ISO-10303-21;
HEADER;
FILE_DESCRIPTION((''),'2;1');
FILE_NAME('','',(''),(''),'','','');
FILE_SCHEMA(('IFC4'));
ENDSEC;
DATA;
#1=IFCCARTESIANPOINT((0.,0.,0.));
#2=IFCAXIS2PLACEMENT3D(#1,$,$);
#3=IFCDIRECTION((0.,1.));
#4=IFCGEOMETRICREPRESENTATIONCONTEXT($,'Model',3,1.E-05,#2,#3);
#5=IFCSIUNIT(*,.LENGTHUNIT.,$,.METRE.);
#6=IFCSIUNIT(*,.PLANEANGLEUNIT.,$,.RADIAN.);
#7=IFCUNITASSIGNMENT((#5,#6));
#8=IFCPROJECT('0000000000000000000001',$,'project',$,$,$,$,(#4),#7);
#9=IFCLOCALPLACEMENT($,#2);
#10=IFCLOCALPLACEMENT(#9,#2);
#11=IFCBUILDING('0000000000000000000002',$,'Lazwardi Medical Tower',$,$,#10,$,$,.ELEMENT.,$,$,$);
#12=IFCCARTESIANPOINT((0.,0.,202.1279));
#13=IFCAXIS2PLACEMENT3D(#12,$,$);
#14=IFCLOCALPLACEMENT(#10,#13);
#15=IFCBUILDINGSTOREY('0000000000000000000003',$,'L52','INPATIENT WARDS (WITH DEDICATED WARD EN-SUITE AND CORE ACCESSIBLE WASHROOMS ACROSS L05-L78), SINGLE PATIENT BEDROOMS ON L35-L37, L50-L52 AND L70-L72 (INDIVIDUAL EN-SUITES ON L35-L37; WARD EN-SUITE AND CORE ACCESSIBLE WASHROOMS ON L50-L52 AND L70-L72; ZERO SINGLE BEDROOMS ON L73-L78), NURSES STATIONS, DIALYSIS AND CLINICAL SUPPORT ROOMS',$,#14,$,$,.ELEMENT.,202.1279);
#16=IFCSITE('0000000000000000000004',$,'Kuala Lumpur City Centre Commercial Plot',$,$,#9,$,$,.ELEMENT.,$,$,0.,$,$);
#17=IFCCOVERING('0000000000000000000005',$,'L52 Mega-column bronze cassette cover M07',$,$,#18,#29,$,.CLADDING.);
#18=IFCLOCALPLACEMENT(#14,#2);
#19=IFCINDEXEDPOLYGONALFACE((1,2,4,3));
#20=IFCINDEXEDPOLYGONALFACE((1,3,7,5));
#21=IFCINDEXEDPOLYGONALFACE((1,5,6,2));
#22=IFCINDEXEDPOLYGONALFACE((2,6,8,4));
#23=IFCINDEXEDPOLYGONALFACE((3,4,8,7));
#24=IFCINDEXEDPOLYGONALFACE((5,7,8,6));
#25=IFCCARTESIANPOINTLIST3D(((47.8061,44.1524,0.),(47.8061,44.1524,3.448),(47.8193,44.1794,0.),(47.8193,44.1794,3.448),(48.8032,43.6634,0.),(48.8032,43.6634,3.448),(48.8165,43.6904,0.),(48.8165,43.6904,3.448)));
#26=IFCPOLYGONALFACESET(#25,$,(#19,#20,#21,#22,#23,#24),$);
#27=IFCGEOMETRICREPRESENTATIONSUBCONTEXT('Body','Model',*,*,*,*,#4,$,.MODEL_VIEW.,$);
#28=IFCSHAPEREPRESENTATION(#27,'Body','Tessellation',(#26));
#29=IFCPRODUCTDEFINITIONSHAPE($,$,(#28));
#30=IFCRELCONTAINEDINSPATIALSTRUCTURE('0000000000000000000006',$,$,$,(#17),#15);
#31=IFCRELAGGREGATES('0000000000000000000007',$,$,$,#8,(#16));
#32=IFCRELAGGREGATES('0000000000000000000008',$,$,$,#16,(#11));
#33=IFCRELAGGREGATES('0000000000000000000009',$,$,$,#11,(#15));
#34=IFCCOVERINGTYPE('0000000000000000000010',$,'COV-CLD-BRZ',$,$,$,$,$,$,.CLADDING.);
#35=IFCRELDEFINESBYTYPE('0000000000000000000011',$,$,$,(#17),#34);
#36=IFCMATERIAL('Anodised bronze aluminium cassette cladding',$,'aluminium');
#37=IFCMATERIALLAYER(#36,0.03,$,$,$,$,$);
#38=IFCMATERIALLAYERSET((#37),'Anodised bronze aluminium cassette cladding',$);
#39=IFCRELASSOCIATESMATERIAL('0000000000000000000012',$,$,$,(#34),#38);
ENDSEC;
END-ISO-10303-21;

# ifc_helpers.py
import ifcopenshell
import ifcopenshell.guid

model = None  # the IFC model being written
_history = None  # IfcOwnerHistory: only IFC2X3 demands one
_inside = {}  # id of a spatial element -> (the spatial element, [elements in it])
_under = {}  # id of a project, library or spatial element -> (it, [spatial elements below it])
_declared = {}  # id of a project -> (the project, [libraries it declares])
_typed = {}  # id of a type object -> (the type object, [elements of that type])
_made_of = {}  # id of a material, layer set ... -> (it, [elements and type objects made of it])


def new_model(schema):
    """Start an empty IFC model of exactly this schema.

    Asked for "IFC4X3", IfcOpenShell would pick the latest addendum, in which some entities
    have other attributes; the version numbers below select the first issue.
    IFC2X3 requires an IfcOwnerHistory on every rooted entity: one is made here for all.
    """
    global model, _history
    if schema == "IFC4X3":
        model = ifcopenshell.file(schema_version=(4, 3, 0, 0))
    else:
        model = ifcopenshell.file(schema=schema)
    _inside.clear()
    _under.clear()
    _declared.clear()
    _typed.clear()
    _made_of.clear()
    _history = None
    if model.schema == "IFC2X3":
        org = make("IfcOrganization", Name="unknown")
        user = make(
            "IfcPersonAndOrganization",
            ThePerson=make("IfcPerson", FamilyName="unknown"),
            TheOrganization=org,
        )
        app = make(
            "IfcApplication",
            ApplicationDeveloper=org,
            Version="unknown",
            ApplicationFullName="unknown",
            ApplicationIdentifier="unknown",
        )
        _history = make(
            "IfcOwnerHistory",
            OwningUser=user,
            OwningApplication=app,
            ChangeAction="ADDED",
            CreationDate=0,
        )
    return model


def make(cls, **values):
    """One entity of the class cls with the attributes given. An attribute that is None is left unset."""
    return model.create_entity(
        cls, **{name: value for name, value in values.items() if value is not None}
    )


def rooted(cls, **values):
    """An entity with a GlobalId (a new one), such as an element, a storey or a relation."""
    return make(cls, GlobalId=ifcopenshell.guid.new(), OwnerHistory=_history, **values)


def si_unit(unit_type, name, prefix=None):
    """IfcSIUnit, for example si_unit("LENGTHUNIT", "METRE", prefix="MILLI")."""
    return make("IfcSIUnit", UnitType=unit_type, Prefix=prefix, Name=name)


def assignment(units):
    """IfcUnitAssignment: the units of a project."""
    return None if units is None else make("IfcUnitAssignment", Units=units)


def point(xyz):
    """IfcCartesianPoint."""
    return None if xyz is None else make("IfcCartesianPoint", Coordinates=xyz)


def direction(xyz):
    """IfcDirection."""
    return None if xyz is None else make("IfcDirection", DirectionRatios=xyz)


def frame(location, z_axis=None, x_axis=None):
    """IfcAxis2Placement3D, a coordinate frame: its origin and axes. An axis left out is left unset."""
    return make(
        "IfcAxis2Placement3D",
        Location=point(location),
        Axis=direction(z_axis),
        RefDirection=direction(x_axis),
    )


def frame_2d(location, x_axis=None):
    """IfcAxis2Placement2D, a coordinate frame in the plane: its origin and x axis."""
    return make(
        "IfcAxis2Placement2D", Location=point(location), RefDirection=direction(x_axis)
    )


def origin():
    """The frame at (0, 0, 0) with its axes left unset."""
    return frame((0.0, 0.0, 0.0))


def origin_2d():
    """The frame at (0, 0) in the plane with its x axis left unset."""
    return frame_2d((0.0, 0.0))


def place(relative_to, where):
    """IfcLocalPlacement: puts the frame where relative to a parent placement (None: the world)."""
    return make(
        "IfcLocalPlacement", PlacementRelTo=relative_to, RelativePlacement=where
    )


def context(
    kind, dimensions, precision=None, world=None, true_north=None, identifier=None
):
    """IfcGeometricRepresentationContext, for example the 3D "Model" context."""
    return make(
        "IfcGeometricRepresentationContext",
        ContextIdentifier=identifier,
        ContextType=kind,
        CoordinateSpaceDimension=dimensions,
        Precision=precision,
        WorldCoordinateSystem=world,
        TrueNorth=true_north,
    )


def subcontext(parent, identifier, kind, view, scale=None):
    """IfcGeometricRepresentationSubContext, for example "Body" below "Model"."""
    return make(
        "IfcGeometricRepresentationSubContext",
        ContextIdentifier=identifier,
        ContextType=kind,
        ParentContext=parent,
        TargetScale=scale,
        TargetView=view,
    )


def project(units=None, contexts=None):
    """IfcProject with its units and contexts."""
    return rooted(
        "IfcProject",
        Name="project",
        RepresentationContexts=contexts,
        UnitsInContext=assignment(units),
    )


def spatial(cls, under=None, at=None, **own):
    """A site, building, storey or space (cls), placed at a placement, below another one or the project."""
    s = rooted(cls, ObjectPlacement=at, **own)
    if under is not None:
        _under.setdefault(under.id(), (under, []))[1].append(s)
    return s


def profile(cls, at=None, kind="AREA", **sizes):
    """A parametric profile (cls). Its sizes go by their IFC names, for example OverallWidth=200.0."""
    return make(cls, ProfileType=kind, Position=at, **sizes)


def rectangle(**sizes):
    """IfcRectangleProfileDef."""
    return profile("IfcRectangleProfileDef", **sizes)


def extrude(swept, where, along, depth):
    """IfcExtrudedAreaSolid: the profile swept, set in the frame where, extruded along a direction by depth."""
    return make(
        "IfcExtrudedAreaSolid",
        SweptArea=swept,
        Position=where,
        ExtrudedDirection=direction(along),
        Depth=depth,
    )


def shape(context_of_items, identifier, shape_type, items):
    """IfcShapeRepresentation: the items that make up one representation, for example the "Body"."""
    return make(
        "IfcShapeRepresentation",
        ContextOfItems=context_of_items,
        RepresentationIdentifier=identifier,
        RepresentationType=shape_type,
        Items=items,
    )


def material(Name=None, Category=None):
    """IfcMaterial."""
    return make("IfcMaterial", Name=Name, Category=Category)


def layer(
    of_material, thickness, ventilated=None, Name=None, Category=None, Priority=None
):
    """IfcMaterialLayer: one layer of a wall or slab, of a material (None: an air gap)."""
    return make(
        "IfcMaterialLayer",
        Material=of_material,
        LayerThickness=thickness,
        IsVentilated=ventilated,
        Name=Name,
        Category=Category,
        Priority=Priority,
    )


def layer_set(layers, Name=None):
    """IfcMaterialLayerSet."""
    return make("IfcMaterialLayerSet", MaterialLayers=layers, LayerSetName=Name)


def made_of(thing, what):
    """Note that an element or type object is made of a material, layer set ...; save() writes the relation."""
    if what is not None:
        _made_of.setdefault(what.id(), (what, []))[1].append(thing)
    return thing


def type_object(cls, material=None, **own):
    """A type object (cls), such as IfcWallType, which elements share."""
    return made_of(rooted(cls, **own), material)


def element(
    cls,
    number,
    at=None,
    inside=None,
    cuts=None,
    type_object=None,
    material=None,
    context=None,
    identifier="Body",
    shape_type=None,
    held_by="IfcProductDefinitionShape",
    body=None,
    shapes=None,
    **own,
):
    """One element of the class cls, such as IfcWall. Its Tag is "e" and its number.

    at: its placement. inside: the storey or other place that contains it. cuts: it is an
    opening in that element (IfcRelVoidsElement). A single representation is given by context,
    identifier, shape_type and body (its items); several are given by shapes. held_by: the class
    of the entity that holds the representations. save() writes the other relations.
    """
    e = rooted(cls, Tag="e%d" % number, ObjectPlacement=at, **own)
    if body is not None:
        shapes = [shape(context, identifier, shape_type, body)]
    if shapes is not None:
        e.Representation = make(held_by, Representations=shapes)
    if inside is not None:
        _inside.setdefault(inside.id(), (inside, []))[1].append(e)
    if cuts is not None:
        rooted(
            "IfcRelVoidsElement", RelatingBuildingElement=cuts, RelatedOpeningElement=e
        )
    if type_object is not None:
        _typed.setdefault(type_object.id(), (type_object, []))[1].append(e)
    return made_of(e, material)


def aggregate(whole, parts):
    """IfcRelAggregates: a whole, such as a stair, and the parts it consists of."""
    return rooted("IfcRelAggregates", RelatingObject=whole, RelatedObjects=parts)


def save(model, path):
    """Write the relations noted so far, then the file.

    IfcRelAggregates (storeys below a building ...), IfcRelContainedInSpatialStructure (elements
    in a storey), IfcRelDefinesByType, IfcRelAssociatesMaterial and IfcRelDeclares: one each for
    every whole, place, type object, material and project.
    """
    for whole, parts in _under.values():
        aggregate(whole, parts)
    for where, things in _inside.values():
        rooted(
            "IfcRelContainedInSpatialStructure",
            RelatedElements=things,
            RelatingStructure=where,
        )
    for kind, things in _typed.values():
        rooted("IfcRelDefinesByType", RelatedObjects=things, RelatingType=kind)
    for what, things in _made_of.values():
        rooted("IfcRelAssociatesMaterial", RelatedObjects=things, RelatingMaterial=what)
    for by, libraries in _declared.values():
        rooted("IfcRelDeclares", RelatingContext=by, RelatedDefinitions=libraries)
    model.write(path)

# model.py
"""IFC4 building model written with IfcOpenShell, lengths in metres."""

from ifc_helpers import new_model, si_unit, direction, frame, origin, origin_2d, place, context, subcontext, project, spatial, rectangle, extrude, material, layer, layer_set, type_object, element, save


model = new_model("IFC4")

# Units and contexts
model_context = context("Model", 3, precision=1e-05, world=origin(), true_north=direction((0.0, 1.0)))
body_context = subcontext(model_context, "Body", "Model", "MODEL_VIEW")
ifc_project = project(units=[si_unit("LENGTHUNIT", "METRE"), si_unit("PLANEANGLEUNIT", "RADIAN")], contexts=[model_context])

# Site, building, storey
site_placement = place(None, origin())
site = spatial("IfcSite", under=ifc_project, at=site_placement, Name="Kuala Lumpur City Centre Commercial Plot", CompositionType="ELEMENT", RefElevation=0.0)
building_placement = place(site_placement, origin())
building = spatial("IfcBuilding", under=site, at=building_placement, Name="Lazwardi Medical Tower", CompositionType="ELEMENT")
storey_placement = place(building_placement, frame((0.0, 0.0, 202.1279)))
storey = spatial("IfcBuildingStorey", under=building, at=storey_placement, Name="L52", Description="INPATIENT WARDS (WITH DEDICATED WARD EN-SUITE AND CORE ACCESSIBLE WASHROOMS ACROSS L05-L78), SINGLE PATIENT BEDROOMS ON L35-L37, L50-L52 AND L70-L72 (INDIVIDUAL EN-SUITES ON L35-L37; WARD EN-SUITE AND CORE ACCESSIBLE WASHROOMS ON L50-L52 AND L70-L72; ZERO SINGLE BEDROOMS ON L73-L78), NURSES STATIONS, DIALYSIS AND CLINICAL SUPPORT ROOMS", CompositionType="ELEMENT", Elevation=202.1279)

# Covering
ifc_material_1 = material(Name="Anodised bronze aluminium cassette cladding", Category="aluminium")
ifc_layer_1 = layer(ifc_material_1, 0.03)
ifc_layer_set_1 = layer_set([ifc_layer_1], Name="Anodised bronze aluminium cassette cladding")
covering_type = type_object("IfcCoveringType", Name="COV-CLD-BRZ", PredefinedType="CLADDING", material=ifc_layer_set_1)
covering_1_placement = place(storey_placement, frame((48.3113, 43.9214, 0.0), z_axis=(0.0, 0.0, 1.0), x_axis=(-0.89784, 0.440322, 0.0)))
element("IfcCovering", 1, at=covering_1_placement, inside=storey, type_object=covering_type, Name="L52 Mega-column bronze cassette cover M07", PredefinedType="CLADDING", context=body_context, shape_type="SweptSolid", body=[
    extrude(rectangle(XDim=1.1106, YDim=0.03, at=origin_2d()), origin(), (0.0, 0.0, 1.0), 3.448),
])

save(model, "model.ifc")
